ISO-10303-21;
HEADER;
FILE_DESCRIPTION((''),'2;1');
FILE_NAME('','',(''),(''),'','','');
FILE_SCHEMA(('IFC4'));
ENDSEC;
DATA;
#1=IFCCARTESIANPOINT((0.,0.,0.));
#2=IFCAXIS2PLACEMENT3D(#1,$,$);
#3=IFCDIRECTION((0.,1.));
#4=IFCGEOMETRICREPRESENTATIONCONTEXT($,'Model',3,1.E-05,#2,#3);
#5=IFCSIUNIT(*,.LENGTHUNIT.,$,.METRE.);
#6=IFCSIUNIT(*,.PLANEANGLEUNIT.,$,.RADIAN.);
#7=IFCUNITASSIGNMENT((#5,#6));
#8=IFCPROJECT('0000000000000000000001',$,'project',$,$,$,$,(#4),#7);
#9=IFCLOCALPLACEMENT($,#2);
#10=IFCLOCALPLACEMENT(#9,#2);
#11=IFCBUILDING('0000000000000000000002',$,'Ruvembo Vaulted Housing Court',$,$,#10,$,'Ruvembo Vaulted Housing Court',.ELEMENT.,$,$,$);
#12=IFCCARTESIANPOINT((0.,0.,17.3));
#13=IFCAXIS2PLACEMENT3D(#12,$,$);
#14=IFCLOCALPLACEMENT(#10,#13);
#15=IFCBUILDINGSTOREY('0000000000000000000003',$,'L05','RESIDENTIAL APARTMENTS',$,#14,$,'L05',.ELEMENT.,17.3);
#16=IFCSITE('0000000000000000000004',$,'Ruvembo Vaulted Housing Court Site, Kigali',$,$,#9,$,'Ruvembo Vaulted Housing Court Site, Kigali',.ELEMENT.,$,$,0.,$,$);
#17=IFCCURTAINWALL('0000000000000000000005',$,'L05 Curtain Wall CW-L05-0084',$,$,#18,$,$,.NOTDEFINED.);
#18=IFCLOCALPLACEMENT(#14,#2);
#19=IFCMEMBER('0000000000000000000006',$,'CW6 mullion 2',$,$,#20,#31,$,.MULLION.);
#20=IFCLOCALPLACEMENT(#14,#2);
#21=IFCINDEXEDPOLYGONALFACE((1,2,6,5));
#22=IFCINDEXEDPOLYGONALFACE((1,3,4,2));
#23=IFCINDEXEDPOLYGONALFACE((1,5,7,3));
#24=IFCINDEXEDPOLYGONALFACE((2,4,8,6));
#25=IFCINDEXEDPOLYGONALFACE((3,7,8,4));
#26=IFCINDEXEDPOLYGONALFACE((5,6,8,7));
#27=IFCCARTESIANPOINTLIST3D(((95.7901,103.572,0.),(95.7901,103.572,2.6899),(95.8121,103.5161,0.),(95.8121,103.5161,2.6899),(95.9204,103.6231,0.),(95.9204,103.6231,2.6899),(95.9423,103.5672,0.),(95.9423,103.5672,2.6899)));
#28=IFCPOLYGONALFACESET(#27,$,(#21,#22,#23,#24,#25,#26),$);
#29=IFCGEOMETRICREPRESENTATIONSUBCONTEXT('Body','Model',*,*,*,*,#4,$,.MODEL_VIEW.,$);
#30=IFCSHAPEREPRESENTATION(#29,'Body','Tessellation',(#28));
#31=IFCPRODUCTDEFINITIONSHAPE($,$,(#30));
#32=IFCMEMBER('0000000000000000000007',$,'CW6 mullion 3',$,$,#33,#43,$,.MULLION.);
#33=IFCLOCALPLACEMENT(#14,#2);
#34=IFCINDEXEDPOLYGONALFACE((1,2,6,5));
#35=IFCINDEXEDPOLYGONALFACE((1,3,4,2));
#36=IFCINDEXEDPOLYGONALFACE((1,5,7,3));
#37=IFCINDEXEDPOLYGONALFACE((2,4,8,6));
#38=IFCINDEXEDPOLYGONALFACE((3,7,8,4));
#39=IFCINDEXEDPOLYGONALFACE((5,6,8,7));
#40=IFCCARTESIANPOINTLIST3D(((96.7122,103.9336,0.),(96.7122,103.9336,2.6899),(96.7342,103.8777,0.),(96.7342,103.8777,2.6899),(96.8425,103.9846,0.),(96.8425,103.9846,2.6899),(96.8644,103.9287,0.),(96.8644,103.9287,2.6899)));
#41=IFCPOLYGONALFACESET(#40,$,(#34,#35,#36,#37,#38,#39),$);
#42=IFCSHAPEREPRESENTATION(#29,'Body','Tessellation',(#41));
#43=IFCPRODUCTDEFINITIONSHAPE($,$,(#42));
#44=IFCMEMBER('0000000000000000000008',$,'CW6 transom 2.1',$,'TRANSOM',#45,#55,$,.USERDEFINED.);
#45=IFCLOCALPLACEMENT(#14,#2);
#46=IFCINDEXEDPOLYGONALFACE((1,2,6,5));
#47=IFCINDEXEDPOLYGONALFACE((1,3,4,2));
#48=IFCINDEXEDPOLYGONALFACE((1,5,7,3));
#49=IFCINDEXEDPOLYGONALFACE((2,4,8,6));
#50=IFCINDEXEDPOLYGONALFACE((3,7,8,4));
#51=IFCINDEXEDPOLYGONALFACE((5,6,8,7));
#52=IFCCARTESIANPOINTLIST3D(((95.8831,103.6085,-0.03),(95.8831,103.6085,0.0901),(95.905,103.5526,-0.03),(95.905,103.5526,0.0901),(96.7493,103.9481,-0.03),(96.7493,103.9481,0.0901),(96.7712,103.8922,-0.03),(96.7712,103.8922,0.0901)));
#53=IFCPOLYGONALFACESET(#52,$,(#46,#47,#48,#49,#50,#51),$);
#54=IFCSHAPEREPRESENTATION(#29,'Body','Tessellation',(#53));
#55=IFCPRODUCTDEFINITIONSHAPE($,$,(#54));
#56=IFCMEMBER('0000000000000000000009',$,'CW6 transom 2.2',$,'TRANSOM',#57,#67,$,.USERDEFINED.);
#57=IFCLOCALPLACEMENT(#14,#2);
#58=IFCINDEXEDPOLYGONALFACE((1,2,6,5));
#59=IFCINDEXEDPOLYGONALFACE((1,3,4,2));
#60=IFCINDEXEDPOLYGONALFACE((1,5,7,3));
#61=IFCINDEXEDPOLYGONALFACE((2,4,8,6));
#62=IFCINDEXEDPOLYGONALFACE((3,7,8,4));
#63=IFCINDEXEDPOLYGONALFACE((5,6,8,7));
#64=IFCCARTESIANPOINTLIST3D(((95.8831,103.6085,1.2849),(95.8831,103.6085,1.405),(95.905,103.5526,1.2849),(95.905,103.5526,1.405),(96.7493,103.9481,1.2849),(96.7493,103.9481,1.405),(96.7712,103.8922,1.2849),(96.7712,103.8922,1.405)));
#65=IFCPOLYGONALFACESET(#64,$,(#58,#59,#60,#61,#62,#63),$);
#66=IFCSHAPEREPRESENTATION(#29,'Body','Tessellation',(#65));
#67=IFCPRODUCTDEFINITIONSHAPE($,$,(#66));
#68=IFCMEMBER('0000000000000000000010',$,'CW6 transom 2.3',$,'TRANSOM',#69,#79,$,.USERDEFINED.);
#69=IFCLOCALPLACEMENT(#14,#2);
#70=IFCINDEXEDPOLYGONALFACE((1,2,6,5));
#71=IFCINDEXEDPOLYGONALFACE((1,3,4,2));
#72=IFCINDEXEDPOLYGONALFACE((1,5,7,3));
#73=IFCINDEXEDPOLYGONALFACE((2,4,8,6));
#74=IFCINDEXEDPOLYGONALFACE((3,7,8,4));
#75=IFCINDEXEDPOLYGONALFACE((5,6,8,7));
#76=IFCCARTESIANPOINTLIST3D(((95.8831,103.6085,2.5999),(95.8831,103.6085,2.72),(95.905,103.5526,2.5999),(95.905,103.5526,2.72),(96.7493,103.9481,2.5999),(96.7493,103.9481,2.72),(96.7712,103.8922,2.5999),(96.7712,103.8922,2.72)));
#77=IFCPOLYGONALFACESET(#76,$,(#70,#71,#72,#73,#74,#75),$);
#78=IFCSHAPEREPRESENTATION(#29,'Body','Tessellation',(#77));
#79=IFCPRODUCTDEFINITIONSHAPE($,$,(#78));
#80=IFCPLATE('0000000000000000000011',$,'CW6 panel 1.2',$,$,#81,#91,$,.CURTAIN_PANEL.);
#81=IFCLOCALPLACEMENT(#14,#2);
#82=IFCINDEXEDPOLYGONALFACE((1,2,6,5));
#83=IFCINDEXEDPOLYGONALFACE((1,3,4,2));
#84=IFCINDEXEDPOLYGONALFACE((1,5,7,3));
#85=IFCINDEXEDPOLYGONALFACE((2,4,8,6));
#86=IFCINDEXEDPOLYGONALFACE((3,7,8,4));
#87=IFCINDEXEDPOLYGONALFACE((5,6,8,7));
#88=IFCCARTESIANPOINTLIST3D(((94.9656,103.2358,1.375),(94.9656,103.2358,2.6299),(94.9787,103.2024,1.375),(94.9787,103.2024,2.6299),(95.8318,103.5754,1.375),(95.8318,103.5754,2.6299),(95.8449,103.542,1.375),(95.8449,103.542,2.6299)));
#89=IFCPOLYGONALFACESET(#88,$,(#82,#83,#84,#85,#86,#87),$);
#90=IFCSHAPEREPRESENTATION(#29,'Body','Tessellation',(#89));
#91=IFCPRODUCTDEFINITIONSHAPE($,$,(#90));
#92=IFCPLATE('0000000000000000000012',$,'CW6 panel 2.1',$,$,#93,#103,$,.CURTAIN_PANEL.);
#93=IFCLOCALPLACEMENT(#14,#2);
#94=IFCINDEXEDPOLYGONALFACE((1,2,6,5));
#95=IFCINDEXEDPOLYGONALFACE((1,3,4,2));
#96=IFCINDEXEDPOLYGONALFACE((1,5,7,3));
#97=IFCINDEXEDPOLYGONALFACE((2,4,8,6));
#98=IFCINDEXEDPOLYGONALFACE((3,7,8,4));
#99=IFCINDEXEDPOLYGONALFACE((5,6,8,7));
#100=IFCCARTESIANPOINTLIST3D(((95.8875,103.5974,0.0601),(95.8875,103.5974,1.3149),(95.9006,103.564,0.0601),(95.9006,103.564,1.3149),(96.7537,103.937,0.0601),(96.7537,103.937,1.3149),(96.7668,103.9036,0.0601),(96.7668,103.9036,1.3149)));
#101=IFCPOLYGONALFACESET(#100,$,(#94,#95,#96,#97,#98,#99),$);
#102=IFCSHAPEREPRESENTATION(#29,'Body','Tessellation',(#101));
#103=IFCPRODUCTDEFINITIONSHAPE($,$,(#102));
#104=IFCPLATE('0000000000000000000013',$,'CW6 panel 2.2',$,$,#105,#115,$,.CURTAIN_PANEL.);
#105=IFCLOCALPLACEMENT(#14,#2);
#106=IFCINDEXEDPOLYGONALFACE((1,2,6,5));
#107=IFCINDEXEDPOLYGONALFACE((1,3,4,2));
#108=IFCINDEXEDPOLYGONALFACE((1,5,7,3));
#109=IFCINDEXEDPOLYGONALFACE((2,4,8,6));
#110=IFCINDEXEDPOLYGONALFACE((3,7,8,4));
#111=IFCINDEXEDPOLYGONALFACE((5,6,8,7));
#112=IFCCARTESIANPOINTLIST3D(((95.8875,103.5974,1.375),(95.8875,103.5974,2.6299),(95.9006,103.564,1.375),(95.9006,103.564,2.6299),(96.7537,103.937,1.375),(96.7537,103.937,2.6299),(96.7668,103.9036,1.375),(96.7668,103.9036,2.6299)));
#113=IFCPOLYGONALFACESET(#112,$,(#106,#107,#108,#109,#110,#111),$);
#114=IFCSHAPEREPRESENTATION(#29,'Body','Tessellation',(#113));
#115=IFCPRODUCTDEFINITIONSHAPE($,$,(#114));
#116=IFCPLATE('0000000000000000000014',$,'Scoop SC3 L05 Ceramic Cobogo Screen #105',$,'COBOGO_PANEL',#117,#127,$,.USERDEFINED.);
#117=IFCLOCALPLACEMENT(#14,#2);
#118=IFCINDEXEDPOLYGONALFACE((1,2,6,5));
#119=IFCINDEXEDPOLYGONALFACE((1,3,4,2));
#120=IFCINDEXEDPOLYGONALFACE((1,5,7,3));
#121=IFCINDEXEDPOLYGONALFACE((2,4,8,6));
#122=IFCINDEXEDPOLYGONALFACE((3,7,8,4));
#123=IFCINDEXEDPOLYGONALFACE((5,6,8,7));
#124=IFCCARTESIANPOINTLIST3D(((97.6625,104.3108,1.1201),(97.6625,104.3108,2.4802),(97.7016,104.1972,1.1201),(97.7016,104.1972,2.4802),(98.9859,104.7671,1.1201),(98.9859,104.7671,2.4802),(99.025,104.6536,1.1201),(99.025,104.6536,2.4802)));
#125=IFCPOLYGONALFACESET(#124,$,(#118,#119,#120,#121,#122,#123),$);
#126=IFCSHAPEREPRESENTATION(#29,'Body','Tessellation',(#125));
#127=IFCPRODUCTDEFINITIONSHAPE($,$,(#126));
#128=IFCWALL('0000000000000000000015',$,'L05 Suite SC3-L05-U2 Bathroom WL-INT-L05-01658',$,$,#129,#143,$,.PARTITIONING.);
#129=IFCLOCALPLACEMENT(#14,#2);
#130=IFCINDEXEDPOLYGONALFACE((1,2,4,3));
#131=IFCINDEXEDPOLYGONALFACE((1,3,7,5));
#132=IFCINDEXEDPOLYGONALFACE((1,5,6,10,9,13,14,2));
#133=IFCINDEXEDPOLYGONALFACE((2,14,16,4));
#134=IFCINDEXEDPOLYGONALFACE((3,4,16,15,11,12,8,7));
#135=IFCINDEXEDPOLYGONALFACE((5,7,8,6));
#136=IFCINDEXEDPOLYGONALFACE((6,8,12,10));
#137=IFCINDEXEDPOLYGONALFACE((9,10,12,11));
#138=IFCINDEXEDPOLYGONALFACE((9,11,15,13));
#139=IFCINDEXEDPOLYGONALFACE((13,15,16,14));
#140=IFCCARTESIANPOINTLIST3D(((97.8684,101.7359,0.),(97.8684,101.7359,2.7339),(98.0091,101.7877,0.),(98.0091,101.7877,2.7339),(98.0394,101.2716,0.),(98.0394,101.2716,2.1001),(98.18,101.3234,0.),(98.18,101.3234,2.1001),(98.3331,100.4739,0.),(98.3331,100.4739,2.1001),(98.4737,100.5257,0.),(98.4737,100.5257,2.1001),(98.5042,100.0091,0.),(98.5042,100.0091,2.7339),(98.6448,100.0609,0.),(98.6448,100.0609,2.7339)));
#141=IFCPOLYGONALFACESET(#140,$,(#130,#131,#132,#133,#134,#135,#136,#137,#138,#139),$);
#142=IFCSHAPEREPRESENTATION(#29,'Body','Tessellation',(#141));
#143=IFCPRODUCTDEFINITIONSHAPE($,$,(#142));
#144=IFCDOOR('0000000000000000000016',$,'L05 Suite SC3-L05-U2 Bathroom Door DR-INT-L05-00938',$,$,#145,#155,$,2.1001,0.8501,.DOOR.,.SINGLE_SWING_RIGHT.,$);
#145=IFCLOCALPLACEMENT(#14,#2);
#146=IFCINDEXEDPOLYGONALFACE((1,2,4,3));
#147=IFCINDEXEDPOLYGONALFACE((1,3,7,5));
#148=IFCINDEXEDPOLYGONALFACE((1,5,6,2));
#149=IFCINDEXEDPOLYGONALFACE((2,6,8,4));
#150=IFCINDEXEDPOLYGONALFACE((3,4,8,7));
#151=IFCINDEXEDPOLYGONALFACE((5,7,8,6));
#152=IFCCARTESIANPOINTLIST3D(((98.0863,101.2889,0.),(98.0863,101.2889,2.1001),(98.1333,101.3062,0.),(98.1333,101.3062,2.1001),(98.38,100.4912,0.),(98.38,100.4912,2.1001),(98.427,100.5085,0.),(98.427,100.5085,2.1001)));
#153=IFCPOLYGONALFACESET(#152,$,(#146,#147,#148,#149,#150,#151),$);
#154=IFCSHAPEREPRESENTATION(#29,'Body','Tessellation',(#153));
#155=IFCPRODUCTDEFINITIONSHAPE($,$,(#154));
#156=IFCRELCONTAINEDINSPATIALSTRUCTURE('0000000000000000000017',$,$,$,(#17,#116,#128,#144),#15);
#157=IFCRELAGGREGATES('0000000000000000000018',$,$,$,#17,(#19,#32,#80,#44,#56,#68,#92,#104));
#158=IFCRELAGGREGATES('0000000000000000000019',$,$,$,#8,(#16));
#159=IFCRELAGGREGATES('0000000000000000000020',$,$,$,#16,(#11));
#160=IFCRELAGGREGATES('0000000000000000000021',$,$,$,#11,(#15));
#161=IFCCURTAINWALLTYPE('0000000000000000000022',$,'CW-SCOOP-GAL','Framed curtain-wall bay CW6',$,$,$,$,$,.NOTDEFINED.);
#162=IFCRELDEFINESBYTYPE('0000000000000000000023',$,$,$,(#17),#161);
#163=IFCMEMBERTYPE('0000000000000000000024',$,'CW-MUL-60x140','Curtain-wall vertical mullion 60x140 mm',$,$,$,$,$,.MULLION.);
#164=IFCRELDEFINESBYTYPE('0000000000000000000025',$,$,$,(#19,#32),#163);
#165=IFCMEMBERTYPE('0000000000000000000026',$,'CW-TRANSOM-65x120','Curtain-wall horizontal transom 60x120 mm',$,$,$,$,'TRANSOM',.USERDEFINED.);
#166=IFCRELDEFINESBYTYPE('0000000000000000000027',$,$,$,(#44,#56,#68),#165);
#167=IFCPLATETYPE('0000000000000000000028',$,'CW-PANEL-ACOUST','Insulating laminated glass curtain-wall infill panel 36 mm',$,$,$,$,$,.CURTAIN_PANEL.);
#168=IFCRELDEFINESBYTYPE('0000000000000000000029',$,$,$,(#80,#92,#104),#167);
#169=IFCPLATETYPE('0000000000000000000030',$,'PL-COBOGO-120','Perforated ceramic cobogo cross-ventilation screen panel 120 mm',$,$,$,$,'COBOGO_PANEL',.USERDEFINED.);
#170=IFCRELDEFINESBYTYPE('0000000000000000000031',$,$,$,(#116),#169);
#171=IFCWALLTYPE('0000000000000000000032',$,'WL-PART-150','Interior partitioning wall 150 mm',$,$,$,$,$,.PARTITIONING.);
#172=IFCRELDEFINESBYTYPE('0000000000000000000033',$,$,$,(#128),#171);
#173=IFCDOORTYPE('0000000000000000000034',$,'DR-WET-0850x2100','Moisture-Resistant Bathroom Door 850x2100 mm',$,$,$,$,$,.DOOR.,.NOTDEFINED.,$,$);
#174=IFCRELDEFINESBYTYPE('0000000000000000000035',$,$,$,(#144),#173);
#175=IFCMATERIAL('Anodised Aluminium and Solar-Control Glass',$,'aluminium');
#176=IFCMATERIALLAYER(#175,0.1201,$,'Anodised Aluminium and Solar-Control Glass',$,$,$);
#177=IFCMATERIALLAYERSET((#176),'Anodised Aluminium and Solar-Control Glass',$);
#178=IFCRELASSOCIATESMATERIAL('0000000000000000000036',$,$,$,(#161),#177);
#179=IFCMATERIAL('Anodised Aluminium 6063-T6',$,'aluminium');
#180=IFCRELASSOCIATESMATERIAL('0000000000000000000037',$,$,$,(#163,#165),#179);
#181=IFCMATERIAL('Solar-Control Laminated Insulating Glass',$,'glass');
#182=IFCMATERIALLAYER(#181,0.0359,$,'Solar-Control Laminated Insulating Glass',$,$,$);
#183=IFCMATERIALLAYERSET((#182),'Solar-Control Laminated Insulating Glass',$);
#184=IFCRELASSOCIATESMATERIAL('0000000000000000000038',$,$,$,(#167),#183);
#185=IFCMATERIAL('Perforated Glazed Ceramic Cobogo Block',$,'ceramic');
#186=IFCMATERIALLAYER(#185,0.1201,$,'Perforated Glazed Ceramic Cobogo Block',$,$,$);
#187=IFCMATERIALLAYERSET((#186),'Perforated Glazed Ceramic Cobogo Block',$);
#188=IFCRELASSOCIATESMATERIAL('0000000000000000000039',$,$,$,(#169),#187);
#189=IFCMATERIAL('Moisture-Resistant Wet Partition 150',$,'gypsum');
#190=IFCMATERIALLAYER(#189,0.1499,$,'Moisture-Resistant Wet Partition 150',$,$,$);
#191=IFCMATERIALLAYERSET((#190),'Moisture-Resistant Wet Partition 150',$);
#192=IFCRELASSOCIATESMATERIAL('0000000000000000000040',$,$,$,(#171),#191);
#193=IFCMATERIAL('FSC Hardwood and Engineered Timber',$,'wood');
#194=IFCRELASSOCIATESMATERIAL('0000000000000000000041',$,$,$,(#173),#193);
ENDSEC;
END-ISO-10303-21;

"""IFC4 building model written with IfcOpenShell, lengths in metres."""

from ifc_helpers import new_model, si_unit, direction, frame, frame_2d, origin, origin_2d, place, context, subcontext, project, spatial, rectangle, extrude, material, layer, layer_set, material_profile, profile_set, type_object, element, fill, aggregate, save


model = new_model("IFC4")

# Units and contexts
model_context = context("Model", 3, precision=1e-05, world=origin(), true_north=direction((0.0, 1.0)))
body_context = subcontext(model_context, "Body", "Model", "MODEL_VIEW")
ifc_project = project(units=[si_unit("LENGTHUNIT", "METRE"), si_unit("PLANEANGLEUNIT", "RADIAN")], contexts=[model_context])

# Site, building, storey
site_placement = place(None, origin())
site = spatial("IfcSite", under=ifc_project, at=site_placement, Name="Ruvembo Vaulted Housing Court Site, Kigali", LongName="Ruvembo Vaulted Housing Court Site, Kigali", CompositionType="ELEMENT", RefElevation=0.0)
building_placement = place(site_placement, origin())
building = spatial("IfcBuilding", under=site, at=building_placement, Name="Ruvembo Vaulted Housing Court", LongName="Ruvembo Vaulted Housing Court", CompositionType="ELEMENT")
storey_placement = place(building_placement, frame((0.0, 0.0, 17.3)))
storey = spatial("IfcBuildingStorey", under=building, at=storey_placement, Name="L05", Description="RESIDENTIAL APARTMENTS", LongName="L05", CompositionType="ELEMENT", Elevation=17.3)

# Curtain wall, members, plates
ifc_material_1 = material(Name="Anodised Aluminium and Solar-Control Glass", Category="aluminium")
ifc_layer_1 = layer(ifc_material_1, 0.1201, Name="Anodised Aluminium and Solar-Control Glass")
ifc_layer_set_1 = layer_set([ifc_layer_1], Name="Anodised Aluminium and Solar-Control Glass")
curtain_wall_type = type_object("IfcCurtainWallType", Name="CW-SCOOP-GAL", Description="Framed curtain-wall bay CW6", PredefinedType="NOTDEFINED", material=ifc_layer_set_1)
curtain_wall_placement = place(storey_placement, origin())
curtain_wall = element("IfcCurtainWall", 1, at=curtain_wall_placement, inside=storey, type_object=curtain_wall_type, Name="L05 Curtain Wall CW-L05-0084", PredefinedType="NOTDEFINED")
ifc_material_2 = material(Name="Anodised Aluminium 6063-T6", Category="aluminium")
ifc_material_profile_1 = material_profile(ifc_material_2, rectangle(XDim=0.0601, YDim=0.1399, at=origin_2d()), Name="ALU 60x140")
ifc_profile_set_1 = profile_set([ifc_material_profile_1], Name="Anodised Aluminium 6063-T6")
member_type_1 = type_object("IfcMemberType", Name="CW-MUL-60x140", Description="Curtain-wall vertical mullion 60x140 mm", PredefinedType="MULLION", material=ifc_profile_set_1)
member_1_placement = place(storey_placement, frame((95.8662, 103.5696, 0.0), z_axis=(0.0, 0.0, 1.0), x_axis=(-0.365003, 0.931006, 0.0)))
member_1 = element("IfcMember", 2, at=member_1_placement, type_object=member_type_1, Name="CW6 mullion 2", PredefinedType="MULLION", context=body_context, shape_type="SweptSolid", body=[
    extrude(rectangle(XDim=0.0601, YDim=0.1399, at=origin_2d()), origin(), (0.0, 0.0, 1.0), 2.6899),
])
member_2_placement = place(storey_placement, frame((96.7883, 103.9312, 0.0), z_axis=(0.0, 0.0, 1.0), x_axis=(-0.365003, 0.931006, 0.0)))
member_2 = element("IfcMember", 3, at=member_2_placement, type_object=member_type_1, Name="CW6 mullion 3", PredefinedType="MULLION", context=body_context, shape_type="SweptSolid", body=[
    extrude(rectangle(XDim=0.0601, YDim=0.1399, at=origin_2d()), origin(), (0.0, 0.0, 1.0), 2.6899),
])
ifc_material_profile_2 = material_profile(ifc_material_2, rectangle(XDim=0.0601, YDim=0.1201, at=origin_2d()), Name="ALU 60x120")
ifc_profile_set_2 = profile_set([ifc_material_profile_2], Name="Anodised Aluminium 6063-T6")
member_type_2 = type_object("IfcMemberType", Name="CW-TRANSOM-65x120", Description="Curtain-wall horizontal transom 60x120 mm", ElementType="TRANSOM", PredefinedType="USERDEFINED", material=ifc_profile_set_2)
member_3_placement = place(storey_placement, frame((95.894, 103.5806, 0.03), z_axis=(0.931006, 0.365003, 0.0), x_axis=(-0.365003, 0.931006, 0.0)))
member_3 = element("IfcMember", 4, at=member_3_placement, type_object=member_type_2, Name="CW6 transom 2.1", ObjectType="TRANSOM", PredefinedType="USERDEFINED", context=body_context, shape_type="SweptSolid", body=[
    extrude(rectangle(XDim=0.0601, YDim=0.1201, at=origin_2d()), origin(), (0.0, 0.0, 1.0), 0.9304),
])
member_4_placement = place(storey_placement, frame((95.894, 103.5806, 1.345), z_axis=(0.931006, 0.365003, 0.0), x_axis=(-0.365003, 0.931006, 0.0)))
member_4 = element("IfcMember", 5, at=member_4_placement, type_object=member_type_2, Name="CW6 transom 2.2", ObjectType="TRANSOM", PredefinedType="USERDEFINED", context=body_context, shape_type="SweptSolid", body=[
    extrude(rectangle(XDim=0.0601, YDim=0.1201, at=origin_2d()), origin(), (0.0, 0.0, 1.0), 0.9304),
])
member_5_placement = place(storey_placement, frame((95.894, 103.5806, 2.6599), z_axis=(0.931006, 0.365003, 0.0), x_axis=(-0.365003, 0.931006, 0.0)))
member_5 = element("IfcMember", 6, at=member_5_placement, type_object=member_type_2, Name="CW6 transom 2.3", ObjectType="TRANSOM", PredefinedType="USERDEFINED", context=body_context, shape_type="SweptSolid", body=[
    extrude(rectangle(XDim=0.0601, YDim=0.1201, at=origin_2d()), origin(), (0.0, 0.0, 1.0), 0.9304),
])
ifc_material_3 = material(Name="Solar-Control Laminated Insulating Glass", Category="glass")
ifc_layer_2 = layer(ifc_material_3, 0.0359, Name="Solar-Control Laminated Insulating Glass")
ifc_layer_set_2 = layer_set([ifc_layer_2], Name="Solar-Control Laminated Insulating Glass")
plate_type_1 = type_object("IfcPlateType", Name="CW-PANEL-ACOUST", Description="Insulating laminated glass curtain-wall infill panel 36 mm", PredefinedType="CURTAIN_PANEL", material=ifc_layer_set_2)
plate_1_placement = place(storey_placement, frame((95.4053, 103.3889, 1.375), z_axis=(0.0, 0.0, 1.0), x_axis=(0.931006, 0.365003, 0.0)))
plate_1 = element("IfcPlate", 7, at=plate_1_placement, type_object=plate_type_1, Name="CW6 panel 1.2", PredefinedType="CURTAIN_PANEL", context=body_context, shape_type="SweptSolid", body=[
    extrude(rectangle(XDim=0.9304, YDim=0.0359, at=origin_2d()), origin(), (0.0, 0.0, 1.0), 1.2549),
])
plate_2_placement = place(storey_placement, frame((96.3271, 103.7505, 0.0601), z_axis=(0.0, 0.0, 1.0), x_axis=(0.931006, 0.365003, 0.0)))
plate_2 = element("IfcPlate", 8, at=plate_2_placement, type_object=plate_type_1, Name="CW6 panel 2.1", PredefinedType="CURTAIN_PANEL", context=body_context, shape_type="SweptSolid", body=[
    extrude(rectangle(XDim=0.9304, YDim=0.0359, at=origin_2d()), origin(), (0.0, 0.0, 1.0), 1.2549),
])
plate_3_placement = place(storey_placement, frame((96.3271, 103.7505, 1.375), z_axis=(0.0, 0.0, 1.0), x_axis=(0.931006, 0.365003, 0.0)))
plate_3 = element("IfcPlate", 9, at=plate_3_placement, type_object=plate_type_1, Name="CW6 panel 2.2", PredefinedType="CURTAIN_PANEL", context=body_context, shape_type="SweptSolid", body=[
    extrude(rectangle(XDim=0.9304, YDim=0.0359, at=origin_2d()), origin(), (0.0, 0.0, 1.0), 1.2549),
])
aggregate(curtain_wall, [member_1, member_2, plate_1, member_3, member_4, member_5, plate_2, plate_3])

# Plate
ifc_material_4 = material(Name="Perforated Glazed Ceramic Cobogo Block", Category="ceramic")
ifc_layer_3 = layer(ifc_material_4, 0.1201, Name="Perforated Glazed Ceramic Cobogo Block")
ifc_layer_set_3 = layer_set([ifc_layer_3], Name="Perforated Glazed Ceramic Cobogo Block")
plate_type_2 = type_object("IfcPlateType", Name="PL-COBOGO-120", Description="Perforated ceramic cobogo cross-ventilation screen panel 120 mm", ElementType="COBOGO_PANEL", PredefinedType="USERDEFINED", material=ifc_layer_set_3)
plate_4_placement = place(storey_placement, frame((98.3438, 104.4822, 1.1201), z_axis=(0.0, 0.0, 1.0), x_axis=(0.945371, 0.325997, 0.0)))
element("IfcPlate", 10, at=plate_4_placement, inside=storey, type_object=plate_type_2, Name="Scoop SC3 L05 Ceramic Cobogo Screen #105", ObjectType="COBOGO_PANEL", PredefinedType="USERDEFINED", context=body_context, shape_type="SweptSolid", body=[
    extrude(rectangle(XDim=1.3999, YDim=0.1201, at=origin_2d()), origin(), (0.0, 0.0, 1.0), 1.3601),
])

# Wall, opening, door
ifc_material_5 = material(Name="FSC Hardwood and Engineered Timber", Category="wood")
ifc_material_6 = material(Name="Moisture-Resistant Wet Partition 150", Category="gypsum")
ifc_layer_4 = layer(ifc_material_6, 0.1499, Name="Moisture-Resistant Wet Partition 150")
ifc_layer_set_4 = layer_set([ifc_layer_4], Name="Moisture-Resistant Wet Partition 150")
wall_type_1 = type_object("IfcWallType", Name="WL-PART-150", Description="Interior partitioning wall 150 mm", PredefinedType="PARTITIONING", material=ifc_layer_set_4)
wall_1_placement = place(storey_placement, frame((98.5745, 100.0352, 0.0), z_axis=(0.0, 0.0, 1.0), x_axis=(-0.34549, 0.938422, 0.0)))
wall_1 = element("IfcWall", 11, at=wall_1_placement, inside=storey, type_object=wall_type_1, Name="L05 Suite SC3-L05-U2 Bathroom WL-INT-L05-01658", PredefinedType="PARTITIONING", context=body_context, shape_type="SweptSolid", body=[
    extrude(rectangle(XDim=1.8401, YDim=0.1499, at=frame_2d((0.9199, 0.0))), origin(), (0.0, 0.0, 1.0), 2.7339),
])
opening_1_placement = place(wall_1_placement, frame((0.4951, 0.0, 0.0)))
opening_1 = element("IfcOpeningElement", 12, at=opening_1_placement, cuts=wall_1, PredefinedType="OPENING", context=body_context, shape_type="SweptSolid", body=[
    extrude(rectangle(XDim=0.8501, YDim=2.1001, at=frame_2d((0.425, 1.05))), frame((0.0, 0.085, 0.0), z_axis=(0.0, -1.0, 0.0), x_axis=(1.0, 0.0, 0.0)), (0.0, 0.0, 1.0), 0.1699),
])
door_type_1 = type_object("IfcDoorType", Name="DR-WET-0850x2100", Description="Moisture-Resistant Bathroom Door 850x2100 mm", OperationType="NOTDEFINED", PredefinedType="DOOR", material=ifc_material_5)
door_1_placement = place(opening_1_placement, origin())
door_1 = element("IfcDoor", 13, at=door_1_placement, inside=storey, type_object=door_type_1, Name="L05 Suite SC3-L05-U2 Bathroom Door DR-INT-L05-00938", OperationType="SINGLE_SWING_RIGHT", OverallHeight=2.1001, OverallWidth=0.8501, PredefinedType="DOOR", context=body_context, shape_type="SweptSolid", body=[
    extrude(rectangle(XDim=0.8501, YDim=2.1001, at=frame_2d((0.425, 1.05))), frame((0.0, 0.0249, 0.0), z_axis=(0.0, -1.0, 0.0), x_axis=(1.0, 0.0, 0.0)), (0.0, 0.0, 1.0), 0.05),
])
fill(opening_1, door_1)

save(model, "model.ifc")
